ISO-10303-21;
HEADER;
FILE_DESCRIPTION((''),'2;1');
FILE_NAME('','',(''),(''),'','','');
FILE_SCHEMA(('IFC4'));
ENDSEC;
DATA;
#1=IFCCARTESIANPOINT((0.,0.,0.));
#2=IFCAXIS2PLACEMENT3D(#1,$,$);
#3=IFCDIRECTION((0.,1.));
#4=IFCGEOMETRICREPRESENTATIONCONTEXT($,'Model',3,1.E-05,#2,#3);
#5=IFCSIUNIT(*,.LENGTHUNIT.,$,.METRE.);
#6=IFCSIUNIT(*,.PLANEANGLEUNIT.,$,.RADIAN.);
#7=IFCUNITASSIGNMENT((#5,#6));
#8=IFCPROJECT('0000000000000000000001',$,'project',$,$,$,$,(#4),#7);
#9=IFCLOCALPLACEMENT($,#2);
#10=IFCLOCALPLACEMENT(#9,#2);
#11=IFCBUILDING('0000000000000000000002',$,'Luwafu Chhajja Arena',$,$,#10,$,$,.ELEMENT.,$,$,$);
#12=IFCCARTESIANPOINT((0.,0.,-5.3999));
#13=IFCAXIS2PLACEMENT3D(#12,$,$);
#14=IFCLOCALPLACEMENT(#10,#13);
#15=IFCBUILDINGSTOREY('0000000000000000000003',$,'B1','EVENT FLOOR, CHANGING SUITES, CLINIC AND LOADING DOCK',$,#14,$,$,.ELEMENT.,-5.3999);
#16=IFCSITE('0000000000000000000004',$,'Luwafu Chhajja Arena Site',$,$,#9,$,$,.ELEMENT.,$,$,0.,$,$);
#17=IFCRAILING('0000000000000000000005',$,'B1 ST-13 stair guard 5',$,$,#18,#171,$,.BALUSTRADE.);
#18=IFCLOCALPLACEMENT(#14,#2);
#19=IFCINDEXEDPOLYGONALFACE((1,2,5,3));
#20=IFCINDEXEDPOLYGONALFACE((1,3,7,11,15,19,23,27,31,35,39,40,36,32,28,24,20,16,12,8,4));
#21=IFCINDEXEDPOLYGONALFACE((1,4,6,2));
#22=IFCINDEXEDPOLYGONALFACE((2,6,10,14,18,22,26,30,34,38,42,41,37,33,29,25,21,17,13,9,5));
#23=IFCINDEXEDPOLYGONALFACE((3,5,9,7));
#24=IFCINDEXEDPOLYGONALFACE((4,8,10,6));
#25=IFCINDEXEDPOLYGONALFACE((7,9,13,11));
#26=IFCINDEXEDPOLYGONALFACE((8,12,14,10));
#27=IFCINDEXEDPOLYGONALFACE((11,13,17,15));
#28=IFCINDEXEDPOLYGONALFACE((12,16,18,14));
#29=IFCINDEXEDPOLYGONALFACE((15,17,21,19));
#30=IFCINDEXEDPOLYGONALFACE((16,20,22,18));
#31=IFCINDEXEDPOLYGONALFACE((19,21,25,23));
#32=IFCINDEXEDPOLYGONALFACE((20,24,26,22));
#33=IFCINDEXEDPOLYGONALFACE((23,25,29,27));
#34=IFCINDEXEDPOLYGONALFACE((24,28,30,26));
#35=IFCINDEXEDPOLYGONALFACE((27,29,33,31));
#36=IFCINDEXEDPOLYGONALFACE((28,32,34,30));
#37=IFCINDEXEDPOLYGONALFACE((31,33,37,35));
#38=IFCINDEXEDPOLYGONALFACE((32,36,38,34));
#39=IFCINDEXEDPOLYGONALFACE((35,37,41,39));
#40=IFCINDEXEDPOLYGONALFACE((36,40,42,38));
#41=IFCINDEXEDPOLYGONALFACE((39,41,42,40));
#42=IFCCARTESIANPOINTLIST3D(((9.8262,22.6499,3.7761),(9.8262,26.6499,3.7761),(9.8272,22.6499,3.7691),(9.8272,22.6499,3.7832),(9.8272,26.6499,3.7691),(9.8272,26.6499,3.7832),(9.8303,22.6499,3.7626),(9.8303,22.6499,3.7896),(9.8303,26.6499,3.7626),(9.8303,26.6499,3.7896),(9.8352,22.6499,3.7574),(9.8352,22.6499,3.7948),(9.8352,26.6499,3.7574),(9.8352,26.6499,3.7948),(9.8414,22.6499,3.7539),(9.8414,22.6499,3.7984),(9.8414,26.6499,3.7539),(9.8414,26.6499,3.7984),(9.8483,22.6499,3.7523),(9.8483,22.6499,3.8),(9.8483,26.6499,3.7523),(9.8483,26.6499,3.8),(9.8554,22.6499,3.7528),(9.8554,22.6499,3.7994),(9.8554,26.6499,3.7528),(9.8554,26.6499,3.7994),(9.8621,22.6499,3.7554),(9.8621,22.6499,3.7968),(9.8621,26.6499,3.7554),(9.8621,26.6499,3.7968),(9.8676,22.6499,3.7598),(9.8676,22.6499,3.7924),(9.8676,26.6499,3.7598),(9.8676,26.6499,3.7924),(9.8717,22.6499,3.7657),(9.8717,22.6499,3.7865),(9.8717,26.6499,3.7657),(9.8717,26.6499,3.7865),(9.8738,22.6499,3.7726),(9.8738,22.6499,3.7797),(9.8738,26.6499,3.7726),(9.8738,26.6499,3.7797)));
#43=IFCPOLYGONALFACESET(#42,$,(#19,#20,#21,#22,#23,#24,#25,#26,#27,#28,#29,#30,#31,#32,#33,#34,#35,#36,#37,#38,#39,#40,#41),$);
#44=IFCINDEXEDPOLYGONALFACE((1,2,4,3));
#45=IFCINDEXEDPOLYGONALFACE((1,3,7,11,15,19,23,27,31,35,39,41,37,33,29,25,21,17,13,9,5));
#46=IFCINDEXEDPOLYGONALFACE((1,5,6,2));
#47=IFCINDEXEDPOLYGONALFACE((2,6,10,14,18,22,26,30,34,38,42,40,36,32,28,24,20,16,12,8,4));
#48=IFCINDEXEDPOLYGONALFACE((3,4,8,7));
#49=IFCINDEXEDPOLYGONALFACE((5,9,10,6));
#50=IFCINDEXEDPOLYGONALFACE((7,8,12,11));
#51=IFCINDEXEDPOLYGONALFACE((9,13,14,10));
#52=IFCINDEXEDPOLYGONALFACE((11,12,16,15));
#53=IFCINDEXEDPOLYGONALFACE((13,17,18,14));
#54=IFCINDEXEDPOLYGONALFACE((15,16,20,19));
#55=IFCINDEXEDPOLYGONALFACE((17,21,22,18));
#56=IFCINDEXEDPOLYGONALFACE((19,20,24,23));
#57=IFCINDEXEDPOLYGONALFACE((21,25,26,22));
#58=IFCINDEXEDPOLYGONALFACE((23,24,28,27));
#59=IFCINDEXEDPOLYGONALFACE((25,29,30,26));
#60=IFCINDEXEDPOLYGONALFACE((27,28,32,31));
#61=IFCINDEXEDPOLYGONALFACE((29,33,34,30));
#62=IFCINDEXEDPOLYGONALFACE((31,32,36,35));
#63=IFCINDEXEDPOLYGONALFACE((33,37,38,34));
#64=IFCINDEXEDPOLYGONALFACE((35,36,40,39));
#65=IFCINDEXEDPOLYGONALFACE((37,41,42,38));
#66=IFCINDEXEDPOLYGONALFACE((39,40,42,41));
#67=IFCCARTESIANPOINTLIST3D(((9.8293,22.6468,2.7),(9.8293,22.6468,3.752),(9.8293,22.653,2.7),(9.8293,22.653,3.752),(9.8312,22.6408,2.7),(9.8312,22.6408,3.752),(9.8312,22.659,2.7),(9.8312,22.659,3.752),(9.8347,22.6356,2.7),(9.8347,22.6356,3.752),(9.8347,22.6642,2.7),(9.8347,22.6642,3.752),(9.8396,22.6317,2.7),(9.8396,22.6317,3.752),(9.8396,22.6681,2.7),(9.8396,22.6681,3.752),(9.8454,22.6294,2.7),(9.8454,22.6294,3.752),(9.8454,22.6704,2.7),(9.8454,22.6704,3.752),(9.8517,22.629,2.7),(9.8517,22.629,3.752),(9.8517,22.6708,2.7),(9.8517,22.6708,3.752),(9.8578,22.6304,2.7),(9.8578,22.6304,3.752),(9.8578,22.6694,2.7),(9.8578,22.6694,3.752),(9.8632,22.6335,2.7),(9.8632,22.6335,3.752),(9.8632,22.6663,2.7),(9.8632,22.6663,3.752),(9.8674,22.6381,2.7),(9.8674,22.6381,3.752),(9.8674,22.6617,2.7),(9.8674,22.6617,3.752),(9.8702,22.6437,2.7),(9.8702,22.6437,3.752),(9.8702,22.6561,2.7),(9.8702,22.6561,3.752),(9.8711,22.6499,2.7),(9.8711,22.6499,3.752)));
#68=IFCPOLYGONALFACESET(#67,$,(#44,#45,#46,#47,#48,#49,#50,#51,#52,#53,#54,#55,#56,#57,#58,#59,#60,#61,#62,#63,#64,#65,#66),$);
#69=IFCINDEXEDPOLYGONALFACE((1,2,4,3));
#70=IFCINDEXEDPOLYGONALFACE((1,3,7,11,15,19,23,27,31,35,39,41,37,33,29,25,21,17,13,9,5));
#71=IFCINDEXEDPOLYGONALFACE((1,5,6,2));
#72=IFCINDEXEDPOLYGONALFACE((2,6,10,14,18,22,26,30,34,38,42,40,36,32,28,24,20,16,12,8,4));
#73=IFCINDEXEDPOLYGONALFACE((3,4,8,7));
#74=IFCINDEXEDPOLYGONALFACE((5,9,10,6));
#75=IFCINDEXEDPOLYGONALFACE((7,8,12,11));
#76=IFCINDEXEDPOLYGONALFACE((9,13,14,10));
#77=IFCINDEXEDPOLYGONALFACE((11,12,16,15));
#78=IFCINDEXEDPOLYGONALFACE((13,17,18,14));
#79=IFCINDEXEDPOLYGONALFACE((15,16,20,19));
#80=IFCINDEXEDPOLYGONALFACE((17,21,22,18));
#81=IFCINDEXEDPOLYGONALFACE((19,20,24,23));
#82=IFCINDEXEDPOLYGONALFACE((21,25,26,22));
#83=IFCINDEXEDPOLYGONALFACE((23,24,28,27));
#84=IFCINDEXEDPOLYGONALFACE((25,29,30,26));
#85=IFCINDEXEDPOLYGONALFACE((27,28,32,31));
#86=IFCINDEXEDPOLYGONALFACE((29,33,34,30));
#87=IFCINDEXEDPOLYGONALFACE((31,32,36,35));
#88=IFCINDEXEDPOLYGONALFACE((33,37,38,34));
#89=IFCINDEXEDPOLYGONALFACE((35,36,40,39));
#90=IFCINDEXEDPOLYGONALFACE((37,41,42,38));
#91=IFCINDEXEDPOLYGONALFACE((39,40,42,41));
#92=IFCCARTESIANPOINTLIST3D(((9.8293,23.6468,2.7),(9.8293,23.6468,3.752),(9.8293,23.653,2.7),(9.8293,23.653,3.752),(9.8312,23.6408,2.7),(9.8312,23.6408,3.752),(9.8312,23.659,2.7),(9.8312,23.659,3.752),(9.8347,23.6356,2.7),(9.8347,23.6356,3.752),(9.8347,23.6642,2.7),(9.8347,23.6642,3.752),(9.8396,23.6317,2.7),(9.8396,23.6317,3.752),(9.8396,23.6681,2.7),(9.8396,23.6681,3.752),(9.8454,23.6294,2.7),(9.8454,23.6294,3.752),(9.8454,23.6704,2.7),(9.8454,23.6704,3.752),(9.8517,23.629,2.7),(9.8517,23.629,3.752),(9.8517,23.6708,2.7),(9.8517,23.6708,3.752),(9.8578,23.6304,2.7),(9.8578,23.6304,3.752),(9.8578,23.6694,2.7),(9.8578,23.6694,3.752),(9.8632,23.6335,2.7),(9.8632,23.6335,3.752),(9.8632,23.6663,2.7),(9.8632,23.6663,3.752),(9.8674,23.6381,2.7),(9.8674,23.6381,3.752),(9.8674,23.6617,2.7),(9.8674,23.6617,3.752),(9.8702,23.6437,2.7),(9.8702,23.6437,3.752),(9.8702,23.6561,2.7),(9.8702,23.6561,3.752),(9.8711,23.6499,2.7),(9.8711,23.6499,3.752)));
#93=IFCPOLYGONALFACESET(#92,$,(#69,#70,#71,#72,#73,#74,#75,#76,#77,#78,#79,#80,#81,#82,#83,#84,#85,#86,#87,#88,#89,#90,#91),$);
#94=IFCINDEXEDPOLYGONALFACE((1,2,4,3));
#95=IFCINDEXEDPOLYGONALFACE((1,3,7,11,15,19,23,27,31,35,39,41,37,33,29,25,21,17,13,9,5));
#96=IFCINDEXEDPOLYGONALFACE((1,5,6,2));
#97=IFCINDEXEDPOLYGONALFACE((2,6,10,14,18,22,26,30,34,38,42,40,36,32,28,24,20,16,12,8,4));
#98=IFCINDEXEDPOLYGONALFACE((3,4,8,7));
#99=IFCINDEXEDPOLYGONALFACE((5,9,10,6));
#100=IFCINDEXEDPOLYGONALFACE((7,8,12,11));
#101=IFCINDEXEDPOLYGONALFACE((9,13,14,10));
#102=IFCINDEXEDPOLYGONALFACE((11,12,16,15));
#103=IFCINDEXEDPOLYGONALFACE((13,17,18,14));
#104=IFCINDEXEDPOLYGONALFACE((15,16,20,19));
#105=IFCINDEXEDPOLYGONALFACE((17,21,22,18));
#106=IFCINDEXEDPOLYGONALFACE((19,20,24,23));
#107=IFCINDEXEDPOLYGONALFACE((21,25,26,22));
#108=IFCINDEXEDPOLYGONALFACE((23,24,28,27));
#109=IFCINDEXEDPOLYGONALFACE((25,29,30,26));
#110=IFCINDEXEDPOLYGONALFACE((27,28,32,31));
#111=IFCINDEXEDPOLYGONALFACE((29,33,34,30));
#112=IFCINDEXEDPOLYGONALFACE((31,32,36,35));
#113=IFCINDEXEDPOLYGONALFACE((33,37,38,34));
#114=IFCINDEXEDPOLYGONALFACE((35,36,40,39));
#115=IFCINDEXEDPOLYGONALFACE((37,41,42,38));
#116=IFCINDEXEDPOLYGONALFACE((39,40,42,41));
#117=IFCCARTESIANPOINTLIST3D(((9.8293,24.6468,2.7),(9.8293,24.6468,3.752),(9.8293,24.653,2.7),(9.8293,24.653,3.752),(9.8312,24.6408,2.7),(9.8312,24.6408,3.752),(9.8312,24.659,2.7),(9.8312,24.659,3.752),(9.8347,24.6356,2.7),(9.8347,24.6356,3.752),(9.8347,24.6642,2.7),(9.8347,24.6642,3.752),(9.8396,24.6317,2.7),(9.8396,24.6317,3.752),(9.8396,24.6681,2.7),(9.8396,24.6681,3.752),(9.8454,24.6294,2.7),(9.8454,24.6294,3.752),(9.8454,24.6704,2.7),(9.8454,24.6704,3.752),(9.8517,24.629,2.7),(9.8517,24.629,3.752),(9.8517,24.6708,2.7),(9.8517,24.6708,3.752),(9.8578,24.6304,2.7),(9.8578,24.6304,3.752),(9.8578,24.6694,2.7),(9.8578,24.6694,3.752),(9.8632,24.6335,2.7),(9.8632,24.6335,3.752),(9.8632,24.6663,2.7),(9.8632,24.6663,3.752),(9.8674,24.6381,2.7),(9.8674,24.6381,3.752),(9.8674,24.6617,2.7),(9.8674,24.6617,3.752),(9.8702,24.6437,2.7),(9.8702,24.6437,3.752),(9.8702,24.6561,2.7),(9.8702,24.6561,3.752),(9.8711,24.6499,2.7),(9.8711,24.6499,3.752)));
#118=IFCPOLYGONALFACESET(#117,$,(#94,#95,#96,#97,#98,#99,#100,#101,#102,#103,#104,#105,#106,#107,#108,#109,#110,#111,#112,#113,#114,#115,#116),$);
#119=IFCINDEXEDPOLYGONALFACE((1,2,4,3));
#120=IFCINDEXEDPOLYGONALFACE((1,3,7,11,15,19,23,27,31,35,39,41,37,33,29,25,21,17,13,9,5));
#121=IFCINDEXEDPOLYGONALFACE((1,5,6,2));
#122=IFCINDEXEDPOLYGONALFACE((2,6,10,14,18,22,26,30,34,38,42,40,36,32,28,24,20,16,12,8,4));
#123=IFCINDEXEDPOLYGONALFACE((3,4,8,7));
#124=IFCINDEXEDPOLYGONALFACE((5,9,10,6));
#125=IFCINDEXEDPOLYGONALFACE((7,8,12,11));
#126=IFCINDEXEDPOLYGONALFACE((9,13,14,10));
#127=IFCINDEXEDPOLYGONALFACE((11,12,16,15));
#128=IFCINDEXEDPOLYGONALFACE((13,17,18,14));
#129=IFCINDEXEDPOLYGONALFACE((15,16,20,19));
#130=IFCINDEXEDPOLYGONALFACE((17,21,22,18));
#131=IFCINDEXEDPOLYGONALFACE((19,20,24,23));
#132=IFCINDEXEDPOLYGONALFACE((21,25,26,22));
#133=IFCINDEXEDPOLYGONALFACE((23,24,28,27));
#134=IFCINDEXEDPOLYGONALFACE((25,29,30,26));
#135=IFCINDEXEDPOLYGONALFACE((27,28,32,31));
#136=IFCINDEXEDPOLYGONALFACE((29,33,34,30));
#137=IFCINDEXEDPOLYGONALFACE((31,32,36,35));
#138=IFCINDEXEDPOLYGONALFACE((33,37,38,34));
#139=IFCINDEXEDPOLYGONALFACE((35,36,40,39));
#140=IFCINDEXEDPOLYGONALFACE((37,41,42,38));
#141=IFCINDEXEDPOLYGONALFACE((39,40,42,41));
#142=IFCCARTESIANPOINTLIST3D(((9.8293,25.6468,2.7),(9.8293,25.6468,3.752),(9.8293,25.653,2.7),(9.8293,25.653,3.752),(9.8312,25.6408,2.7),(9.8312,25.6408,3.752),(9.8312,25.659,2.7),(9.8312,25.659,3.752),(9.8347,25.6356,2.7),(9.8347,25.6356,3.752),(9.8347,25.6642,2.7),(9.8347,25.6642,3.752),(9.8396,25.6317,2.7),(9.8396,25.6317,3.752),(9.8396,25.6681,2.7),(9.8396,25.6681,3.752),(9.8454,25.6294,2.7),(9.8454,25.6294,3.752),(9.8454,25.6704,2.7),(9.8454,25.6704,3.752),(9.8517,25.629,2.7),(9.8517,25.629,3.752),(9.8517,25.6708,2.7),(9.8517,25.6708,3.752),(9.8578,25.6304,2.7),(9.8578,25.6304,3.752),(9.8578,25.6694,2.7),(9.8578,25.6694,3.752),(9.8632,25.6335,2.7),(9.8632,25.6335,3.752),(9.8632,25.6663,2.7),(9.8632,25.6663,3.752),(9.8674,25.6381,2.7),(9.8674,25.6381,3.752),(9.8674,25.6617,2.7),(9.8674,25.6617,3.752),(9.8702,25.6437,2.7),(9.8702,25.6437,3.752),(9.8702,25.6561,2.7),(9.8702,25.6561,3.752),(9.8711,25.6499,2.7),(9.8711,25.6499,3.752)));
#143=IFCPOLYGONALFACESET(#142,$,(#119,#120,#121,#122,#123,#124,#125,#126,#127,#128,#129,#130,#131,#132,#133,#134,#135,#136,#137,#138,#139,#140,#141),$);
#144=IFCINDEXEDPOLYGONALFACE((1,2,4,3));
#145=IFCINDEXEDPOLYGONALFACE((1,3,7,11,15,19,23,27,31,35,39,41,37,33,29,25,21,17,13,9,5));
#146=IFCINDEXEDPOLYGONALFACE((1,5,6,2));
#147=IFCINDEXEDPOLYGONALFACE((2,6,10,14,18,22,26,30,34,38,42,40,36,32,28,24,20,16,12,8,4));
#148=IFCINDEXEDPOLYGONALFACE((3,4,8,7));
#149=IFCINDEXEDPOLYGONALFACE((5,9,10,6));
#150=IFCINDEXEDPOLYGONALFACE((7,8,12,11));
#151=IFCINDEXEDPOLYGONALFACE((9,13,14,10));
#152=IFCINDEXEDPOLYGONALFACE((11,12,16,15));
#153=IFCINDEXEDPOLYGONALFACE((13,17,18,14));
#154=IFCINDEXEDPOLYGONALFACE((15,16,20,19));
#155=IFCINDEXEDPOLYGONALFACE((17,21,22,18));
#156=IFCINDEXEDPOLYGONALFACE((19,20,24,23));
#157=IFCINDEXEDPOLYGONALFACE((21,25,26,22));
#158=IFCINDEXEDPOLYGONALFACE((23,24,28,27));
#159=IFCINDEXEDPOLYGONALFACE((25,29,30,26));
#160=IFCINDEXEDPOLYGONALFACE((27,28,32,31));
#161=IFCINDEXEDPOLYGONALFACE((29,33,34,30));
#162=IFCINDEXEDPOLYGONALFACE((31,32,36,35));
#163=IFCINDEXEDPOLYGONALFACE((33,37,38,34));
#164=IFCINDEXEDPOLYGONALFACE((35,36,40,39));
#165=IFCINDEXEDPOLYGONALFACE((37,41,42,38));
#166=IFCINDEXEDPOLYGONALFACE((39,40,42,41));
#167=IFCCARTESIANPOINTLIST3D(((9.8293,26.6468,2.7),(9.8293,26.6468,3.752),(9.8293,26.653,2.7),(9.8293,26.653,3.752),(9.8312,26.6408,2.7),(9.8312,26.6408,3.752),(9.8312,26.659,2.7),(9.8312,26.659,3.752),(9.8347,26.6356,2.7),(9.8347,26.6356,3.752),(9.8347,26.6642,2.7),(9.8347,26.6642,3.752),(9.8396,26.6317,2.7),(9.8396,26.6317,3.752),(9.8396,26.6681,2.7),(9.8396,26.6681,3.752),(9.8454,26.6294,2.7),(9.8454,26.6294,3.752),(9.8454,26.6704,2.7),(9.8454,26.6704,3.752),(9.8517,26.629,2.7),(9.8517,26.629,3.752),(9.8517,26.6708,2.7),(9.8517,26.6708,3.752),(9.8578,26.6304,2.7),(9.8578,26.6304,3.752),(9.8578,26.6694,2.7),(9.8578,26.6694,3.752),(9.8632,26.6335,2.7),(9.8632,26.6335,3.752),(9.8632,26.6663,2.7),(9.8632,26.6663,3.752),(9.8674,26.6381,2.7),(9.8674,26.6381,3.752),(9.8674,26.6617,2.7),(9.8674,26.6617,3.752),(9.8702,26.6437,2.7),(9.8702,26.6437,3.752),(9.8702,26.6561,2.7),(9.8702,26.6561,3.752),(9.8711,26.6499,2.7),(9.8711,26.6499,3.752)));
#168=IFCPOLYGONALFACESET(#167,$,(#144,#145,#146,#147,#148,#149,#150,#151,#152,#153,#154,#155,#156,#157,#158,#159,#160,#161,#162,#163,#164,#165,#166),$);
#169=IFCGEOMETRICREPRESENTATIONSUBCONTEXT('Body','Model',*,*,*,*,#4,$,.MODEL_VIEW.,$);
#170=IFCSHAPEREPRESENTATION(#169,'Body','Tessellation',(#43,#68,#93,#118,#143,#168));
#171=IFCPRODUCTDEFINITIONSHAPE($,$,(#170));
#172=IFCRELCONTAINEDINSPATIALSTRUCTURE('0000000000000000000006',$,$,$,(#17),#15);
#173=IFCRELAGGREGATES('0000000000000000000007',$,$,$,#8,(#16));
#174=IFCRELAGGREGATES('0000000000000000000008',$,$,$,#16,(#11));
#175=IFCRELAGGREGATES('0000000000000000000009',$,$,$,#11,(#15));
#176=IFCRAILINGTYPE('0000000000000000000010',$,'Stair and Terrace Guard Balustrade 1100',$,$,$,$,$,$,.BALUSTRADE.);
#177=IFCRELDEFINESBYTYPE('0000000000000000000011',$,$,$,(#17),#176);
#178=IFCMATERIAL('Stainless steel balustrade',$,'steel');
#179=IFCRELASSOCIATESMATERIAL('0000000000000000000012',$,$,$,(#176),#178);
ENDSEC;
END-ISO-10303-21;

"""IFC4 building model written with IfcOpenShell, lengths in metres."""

from ifc_helpers import new_model, si_unit, direction, frame, origin, origin_2d, place, context, subcontext, project, spatial, circle, extrude, material, type_object, element, save


model = new_model("IFC4")

# Units and contexts
model_context = context("Model", 3, precision=1e-05, world=origin(), true_north=direction((0.0, 1.0)))
body_context = subcontext(model_context, "Body", "Model", "MODEL_VIEW")
ifc_project = project(units=[si_unit("LENGTHUNIT", "METRE"), si_unit("PLANEANGLEUNIT", "RADIAN")], contexts=[model_context])

# Site, building, storey
site_placement = place(None, origin())
site = spatial("IfcSite", under=ifc_project, at=site_placement, Name="Luwafu Chhajja Arena Site", CompositionType="ELEMENT", RefElevation=0.0)
building_placement = place(site_placement, origin())
building = spatial("IfcBuilding", under=site, at=building_placement, Name="Luwafu Chhajja Arena", CompositionType="ELEMENT")
storey_placement = place(building_placement, frame((0.0, 0.0, -5.3999)))
storey = spatial("IfcBuildingStorey", under=building, at=storey_placement, Name="B1", Description="EVENT FLOOR, CHANGING SUITES, CLINIC AND LOADING DOCK", CompositionType="ELEMENT", Elevation=-5.3999)

# Railing
ifc_material_1 = material(Name="Stainless steel balustrade", Category="steel")
railing_type_1 = type_object("IfcRailingType", Name="Stair and Terrace Guard Balustrade 1100", PredefinedType="BALUSTRADE", material=ifc_material_1)
railing_1_placement = place(storey_placement, frame((9.8501, 22.6499, 2.7)))
element("IfcRailing", 1, at=railing_1_placement, inside=storey, type_object=railing_type_1, Name="B1 ST-13 stair guard 5", PredefinedType="BALUSTRADE", context=body_context, shape_type="SweptSolid", body=[
    extrude(circle(Radius=0.0239, at=origin_2d()), frame((0.0, 0.0, 1.0762), z_axis=(0.0, 1.0, 0.0), x_axis=(-1.0, 0.0, 0.0)), (0.0, 0.0, 1.0), 4.0),
    extrude(circle(Radius=0.021, at=origin_2d()), origin(), (0.0, 0.0, 1.0), 1.052),
    extrude(circle(Radius=0.021, at=origin_2d()), frame((0.0, 1.0, 0.0)), (0.0, 0.0, 1.0), 1.052),
    extrude(circle(Radius=0.021, at=origin_2d()), frame((0.0, 2.0, 0.0)), (0.0, 0.0, 1.0), 1.052),
    extrude(circle(Radius=0.021, at=origin_2d()), frame((0.0, 3.0, 0.0)), (0.0, 0.0, 1.0), 1.052),
    extrude(circle(Radius=0.021, at=origin_2d()), frame((0.0, 4.0, 0.0)), (0.0, 0.0, 1.0), 1.052),
])

save(model, "model.ifc")
